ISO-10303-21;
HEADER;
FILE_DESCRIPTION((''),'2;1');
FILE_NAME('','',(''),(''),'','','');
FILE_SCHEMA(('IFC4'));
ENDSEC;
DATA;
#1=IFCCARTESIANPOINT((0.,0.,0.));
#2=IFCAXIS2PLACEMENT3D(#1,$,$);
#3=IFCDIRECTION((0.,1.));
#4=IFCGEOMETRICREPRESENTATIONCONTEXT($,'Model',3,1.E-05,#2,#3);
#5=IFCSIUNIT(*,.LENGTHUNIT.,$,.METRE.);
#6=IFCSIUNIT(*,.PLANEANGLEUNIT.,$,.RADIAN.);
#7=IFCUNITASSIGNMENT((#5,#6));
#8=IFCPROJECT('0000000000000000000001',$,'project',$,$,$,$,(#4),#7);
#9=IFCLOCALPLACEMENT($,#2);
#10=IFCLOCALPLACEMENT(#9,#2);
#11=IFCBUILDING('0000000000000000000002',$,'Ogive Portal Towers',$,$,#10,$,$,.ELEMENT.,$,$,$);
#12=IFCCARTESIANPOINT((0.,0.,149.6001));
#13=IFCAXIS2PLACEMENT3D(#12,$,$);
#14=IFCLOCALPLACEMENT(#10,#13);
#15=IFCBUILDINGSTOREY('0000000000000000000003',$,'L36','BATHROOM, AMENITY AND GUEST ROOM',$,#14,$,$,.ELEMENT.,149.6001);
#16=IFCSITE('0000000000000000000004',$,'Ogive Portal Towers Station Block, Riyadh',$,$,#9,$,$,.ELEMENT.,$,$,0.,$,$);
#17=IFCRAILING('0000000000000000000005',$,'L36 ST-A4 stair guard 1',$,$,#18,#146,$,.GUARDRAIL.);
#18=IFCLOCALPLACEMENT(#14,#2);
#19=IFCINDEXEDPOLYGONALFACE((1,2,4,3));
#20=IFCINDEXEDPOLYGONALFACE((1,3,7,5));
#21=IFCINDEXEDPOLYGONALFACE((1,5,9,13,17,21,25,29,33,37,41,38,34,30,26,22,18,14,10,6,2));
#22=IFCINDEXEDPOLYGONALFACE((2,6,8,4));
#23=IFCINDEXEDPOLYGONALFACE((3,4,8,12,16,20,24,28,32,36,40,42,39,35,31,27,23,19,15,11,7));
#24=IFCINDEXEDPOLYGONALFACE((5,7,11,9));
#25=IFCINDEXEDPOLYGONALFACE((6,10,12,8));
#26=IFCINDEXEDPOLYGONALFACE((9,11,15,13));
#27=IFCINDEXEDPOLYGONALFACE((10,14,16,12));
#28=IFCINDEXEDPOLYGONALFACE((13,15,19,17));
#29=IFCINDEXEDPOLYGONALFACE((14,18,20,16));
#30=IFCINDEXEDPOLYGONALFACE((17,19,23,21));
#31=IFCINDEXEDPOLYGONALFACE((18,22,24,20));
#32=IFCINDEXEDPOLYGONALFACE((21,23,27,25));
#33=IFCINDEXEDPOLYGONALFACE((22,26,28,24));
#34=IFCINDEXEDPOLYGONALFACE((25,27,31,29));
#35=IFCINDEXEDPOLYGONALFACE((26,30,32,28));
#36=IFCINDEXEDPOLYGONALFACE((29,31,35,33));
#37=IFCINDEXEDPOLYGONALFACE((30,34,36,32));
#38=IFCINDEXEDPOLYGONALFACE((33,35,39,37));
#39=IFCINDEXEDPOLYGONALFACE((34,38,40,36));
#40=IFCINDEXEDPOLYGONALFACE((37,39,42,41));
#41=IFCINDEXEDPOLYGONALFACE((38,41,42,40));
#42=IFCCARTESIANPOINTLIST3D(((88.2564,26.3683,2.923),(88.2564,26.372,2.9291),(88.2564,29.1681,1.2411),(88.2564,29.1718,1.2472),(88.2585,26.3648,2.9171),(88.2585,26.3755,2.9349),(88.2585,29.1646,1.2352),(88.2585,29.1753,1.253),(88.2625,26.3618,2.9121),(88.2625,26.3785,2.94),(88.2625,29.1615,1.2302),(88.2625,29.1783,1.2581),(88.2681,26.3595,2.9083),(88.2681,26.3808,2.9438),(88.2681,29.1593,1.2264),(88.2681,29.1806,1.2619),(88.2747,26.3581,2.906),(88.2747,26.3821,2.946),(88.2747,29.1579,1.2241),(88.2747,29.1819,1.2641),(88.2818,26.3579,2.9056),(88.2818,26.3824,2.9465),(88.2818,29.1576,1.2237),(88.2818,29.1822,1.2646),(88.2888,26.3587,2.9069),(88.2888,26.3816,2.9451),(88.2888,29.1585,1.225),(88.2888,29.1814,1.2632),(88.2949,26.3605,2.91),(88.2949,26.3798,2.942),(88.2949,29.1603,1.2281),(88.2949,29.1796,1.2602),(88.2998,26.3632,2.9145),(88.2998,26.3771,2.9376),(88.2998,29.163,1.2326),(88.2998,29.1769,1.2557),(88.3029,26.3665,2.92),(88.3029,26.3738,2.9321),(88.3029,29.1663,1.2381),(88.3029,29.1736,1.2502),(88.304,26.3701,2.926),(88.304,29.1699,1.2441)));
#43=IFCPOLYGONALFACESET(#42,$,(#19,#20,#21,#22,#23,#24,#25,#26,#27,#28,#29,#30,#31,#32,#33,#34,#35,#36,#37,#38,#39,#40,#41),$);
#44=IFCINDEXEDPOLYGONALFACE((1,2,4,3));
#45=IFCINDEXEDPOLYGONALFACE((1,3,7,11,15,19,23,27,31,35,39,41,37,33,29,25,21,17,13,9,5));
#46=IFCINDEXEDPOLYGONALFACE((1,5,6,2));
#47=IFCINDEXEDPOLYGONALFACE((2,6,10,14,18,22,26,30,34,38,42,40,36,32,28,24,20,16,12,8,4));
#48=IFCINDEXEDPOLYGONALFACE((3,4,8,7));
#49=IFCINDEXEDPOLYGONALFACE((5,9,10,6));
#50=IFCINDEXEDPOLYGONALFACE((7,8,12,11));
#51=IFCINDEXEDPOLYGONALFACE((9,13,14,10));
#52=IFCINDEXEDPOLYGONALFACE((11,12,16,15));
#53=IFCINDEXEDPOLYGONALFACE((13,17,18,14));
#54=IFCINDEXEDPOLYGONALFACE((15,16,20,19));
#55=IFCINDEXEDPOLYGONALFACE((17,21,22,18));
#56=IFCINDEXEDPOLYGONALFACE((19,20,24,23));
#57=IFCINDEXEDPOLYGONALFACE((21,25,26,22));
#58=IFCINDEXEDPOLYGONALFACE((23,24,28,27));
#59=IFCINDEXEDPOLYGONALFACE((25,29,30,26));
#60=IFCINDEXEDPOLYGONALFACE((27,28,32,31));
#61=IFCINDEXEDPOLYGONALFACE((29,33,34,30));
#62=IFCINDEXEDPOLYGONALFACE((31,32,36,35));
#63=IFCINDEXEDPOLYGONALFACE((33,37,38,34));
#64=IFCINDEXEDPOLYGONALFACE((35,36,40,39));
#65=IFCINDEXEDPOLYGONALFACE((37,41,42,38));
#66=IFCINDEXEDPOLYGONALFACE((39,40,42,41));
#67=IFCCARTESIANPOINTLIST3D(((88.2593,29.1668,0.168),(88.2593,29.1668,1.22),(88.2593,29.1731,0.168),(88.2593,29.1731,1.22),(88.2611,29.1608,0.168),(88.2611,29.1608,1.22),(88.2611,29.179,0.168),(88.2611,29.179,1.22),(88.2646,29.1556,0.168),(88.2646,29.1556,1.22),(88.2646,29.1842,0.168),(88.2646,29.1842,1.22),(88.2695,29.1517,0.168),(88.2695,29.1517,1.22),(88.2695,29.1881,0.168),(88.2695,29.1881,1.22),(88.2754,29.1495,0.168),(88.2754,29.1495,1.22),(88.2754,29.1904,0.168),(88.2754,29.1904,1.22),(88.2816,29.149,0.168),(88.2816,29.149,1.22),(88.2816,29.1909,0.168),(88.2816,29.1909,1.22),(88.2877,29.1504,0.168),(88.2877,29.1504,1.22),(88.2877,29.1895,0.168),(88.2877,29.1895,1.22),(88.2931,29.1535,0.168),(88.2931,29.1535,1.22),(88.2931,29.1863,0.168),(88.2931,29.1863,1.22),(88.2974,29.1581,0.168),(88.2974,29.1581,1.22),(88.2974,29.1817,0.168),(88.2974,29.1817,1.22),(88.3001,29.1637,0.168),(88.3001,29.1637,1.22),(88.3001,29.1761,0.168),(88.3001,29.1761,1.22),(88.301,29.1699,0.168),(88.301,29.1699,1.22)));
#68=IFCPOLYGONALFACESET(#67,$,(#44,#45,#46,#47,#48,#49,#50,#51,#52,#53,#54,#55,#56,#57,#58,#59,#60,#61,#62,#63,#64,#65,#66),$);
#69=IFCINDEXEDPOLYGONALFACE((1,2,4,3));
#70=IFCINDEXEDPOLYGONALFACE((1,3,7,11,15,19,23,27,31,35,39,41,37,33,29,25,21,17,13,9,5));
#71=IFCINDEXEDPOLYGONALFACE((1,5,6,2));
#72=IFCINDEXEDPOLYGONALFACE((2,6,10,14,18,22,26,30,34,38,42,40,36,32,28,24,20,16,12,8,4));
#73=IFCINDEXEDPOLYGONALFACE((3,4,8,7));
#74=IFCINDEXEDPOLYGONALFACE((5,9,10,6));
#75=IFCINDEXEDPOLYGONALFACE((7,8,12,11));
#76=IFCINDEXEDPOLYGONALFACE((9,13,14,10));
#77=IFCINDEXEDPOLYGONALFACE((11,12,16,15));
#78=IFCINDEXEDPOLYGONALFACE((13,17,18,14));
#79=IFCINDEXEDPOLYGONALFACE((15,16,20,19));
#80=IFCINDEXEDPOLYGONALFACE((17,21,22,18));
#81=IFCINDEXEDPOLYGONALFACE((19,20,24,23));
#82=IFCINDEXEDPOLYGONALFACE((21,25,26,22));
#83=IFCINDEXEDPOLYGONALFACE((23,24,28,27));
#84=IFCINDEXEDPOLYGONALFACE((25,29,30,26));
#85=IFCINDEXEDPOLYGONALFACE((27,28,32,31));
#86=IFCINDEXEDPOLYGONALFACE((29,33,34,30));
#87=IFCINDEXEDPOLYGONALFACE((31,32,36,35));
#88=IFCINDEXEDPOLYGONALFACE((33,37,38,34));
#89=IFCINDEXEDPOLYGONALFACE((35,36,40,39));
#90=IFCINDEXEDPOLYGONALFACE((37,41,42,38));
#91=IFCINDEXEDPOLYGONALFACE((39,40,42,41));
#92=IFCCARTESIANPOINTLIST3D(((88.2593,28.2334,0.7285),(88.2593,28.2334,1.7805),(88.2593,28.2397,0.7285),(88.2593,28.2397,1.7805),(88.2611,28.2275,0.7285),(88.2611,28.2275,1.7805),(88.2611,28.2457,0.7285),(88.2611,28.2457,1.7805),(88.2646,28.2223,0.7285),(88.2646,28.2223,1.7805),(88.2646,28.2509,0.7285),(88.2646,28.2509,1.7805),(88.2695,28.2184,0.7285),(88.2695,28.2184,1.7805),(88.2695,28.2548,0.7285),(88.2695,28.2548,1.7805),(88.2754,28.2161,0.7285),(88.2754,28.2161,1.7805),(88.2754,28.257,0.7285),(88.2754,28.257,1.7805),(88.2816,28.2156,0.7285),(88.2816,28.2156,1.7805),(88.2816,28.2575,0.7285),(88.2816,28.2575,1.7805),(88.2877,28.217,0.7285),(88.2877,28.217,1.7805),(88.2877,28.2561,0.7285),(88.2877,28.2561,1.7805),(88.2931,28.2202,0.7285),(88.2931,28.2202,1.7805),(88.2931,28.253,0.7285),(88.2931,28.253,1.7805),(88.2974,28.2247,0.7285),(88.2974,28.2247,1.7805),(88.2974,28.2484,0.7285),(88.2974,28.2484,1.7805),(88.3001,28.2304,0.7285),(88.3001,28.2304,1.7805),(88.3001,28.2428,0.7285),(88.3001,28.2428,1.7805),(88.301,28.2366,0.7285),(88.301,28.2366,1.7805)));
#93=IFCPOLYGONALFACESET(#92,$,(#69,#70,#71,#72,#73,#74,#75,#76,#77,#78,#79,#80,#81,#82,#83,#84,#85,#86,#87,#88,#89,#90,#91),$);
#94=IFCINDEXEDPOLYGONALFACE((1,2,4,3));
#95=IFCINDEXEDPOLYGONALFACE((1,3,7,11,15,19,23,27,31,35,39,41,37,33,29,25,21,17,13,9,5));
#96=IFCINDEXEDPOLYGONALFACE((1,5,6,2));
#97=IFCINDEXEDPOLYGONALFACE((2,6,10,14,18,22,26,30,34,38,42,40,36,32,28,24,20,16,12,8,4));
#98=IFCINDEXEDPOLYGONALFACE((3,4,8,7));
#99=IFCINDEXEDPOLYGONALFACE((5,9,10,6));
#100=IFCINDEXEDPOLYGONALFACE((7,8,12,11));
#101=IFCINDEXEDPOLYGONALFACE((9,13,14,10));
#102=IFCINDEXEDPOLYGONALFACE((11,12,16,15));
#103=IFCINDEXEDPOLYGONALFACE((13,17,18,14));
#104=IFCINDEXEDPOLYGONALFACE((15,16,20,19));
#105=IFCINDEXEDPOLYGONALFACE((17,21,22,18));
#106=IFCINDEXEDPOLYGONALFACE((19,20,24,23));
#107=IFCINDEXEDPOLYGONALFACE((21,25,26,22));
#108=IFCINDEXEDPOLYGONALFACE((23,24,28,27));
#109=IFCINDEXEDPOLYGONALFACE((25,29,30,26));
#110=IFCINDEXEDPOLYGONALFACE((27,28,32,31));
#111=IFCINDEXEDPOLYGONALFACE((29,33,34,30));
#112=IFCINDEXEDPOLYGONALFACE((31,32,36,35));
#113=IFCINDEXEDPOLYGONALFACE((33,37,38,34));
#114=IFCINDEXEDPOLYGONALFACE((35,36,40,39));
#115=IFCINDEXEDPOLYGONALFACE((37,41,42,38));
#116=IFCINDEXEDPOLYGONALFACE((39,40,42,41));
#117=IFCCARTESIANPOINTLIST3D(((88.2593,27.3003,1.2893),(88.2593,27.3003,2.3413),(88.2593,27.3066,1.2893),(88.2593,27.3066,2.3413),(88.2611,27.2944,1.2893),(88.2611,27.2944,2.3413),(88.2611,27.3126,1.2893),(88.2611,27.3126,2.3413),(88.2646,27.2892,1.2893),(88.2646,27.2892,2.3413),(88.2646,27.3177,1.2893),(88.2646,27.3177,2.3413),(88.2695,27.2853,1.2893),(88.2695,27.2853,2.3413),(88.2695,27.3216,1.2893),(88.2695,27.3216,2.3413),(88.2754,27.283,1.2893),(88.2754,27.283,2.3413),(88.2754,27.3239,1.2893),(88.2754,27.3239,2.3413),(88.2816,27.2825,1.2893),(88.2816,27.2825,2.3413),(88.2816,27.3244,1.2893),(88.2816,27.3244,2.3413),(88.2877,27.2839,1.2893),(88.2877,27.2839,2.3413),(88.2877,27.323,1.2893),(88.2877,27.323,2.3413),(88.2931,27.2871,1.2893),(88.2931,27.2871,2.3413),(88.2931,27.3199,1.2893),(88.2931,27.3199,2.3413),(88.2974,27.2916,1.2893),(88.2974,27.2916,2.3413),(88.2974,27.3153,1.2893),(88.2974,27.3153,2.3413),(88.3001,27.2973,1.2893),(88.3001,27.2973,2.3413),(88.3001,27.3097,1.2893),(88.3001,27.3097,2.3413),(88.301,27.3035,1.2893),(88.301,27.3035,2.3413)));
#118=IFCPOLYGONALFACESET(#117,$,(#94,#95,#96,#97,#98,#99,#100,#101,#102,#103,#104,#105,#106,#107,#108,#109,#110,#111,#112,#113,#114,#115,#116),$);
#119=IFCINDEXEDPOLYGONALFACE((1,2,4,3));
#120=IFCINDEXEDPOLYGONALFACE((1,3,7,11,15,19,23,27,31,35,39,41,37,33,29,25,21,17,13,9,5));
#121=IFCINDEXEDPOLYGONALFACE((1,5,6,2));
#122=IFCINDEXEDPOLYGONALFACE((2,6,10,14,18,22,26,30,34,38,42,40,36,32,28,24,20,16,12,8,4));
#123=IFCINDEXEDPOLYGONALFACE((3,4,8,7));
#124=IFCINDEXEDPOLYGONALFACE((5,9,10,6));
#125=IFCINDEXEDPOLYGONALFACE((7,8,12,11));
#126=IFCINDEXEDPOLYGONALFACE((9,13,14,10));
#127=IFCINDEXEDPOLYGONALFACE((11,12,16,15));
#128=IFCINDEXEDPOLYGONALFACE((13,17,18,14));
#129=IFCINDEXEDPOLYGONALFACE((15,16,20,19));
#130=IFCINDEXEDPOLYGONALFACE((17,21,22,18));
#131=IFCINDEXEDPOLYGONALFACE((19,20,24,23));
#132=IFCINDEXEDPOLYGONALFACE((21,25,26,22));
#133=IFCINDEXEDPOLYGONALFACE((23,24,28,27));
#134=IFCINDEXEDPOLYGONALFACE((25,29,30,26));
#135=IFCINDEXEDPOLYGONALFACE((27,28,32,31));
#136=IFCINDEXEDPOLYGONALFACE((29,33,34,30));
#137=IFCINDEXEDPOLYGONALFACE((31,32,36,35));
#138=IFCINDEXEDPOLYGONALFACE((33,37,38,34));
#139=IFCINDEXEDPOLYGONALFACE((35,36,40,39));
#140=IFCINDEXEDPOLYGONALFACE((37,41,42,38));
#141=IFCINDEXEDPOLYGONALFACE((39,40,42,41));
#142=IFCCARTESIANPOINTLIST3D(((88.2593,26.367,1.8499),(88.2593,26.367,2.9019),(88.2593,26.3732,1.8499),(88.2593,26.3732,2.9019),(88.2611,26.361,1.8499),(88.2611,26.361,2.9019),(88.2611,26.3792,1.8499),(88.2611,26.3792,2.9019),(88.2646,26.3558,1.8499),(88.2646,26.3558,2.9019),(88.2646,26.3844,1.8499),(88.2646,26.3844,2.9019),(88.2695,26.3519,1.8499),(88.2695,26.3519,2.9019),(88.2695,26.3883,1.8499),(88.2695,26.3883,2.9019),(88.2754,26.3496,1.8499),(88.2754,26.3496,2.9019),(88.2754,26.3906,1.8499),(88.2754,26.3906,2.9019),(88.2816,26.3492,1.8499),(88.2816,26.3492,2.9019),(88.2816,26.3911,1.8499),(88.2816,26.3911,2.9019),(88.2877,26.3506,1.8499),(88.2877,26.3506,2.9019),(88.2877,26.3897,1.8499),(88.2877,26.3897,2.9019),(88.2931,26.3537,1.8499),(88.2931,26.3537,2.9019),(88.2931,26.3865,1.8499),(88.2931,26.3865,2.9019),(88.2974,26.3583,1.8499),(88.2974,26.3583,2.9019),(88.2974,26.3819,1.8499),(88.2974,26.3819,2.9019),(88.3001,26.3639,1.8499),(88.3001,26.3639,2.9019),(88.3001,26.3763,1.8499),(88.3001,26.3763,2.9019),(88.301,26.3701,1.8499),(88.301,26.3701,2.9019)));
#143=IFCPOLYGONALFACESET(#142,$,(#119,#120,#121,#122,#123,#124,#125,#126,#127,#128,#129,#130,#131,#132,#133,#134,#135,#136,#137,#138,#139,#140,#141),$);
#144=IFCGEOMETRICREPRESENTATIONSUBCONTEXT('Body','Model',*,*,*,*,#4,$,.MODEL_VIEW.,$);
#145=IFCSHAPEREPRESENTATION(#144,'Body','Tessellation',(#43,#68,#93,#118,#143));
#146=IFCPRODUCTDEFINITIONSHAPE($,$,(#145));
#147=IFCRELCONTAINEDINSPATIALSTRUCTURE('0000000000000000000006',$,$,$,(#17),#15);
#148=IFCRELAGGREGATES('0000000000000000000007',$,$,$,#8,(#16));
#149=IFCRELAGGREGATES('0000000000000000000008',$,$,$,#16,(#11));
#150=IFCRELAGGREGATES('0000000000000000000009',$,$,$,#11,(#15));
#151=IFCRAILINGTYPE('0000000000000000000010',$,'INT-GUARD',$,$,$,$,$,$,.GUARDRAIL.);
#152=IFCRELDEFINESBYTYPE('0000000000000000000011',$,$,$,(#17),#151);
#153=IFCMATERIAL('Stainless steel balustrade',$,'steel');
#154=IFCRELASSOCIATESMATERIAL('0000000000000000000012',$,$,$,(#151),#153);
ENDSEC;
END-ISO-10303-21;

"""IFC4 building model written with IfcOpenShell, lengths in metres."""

from ifc_helpers import new_model, si_unit, direction, frame, origin, origin_2d, place, context, subcontext, project, spatial, circle, extrude, material, type_object, element, save


model = new_model("IFC4")

# Units and contexts
model_context = context("Model", 3, precision=1e-05, world=origin(), true_north=direction((0.0, 1.0)))
body_context = subcontext(model_context, "Body", "Model", "MODEL_VIEW")
ifc_project = project(units=[si_unit("LENGTHUNIT", "METRE"), si_unit("PLANEANGLEUNIT", "RADIAN")], contexts=[model_context])

# Site, building, storey
site_placement = place(None, origin())
site = spatial("IfcSite", under=ifc_project, at=site_placement, Name="Ogive Portal Towers Station Block, Riyadh", CompositionType="ELEMENT", RefElevation=0.0)
building_placement = place(site_placement, origin())
building = spatial("IfcBuilding", under=site, at=building_placement, Name="Ogive Portal Towers", CompositionType="ELEMENT")
storey_placement = place(building_placement, frame((0.0, 0.0, 149.6001)))
storey = spatial("IfcBuildingStorey", under=building, at=storey_placement, Name="L36", Description="BATHROOM, AMENITY AND GUEST ROOM", CompositionType="ELEMENT", Elevation=149.6001)

# Railing
ifc_material_1 = material(Name="Stainless steel balustrade", Category="steel")
railing_type_1 = type_object("IfcRailingType", Name="INT-GUARD", PredefinedType="GUARDRAIL", material=ifc_material_1)
railing_1_placement = place(storey_placement, frame((88.28, 29.1699, 0.168)))
element("IfcRailing", 1, at=railing_1_placement, inside=storey, type_object=railing_type_1, Name="L36 ST-A4 stair guard 1", PredefinedType="GUARDRAIL", context=body_context, shape_type="SweptSolid", body=[
    extrude(circle(Radius=0.0239, at=origin_2d()), frame((0.0, 0.0, 1.0762), z_axis=(0.0, -0.857222, 0.514946), x_axis=(1.0, 0.0, 0.0)), (0.0, 0.0, 1.0), 3.2661),
    extrude(circle(Radius=0.021, at=origin_2d()), origin(), (0.0, 0.0, 1.0), 1.052),
    extrude(circle(Radius=0.021, at=origin_2d()), frame((0.0, -0.9333, 0.5605)), (0.0, 0.0, 1.0), 1.052),
    extrude(circle(Radius=0.021, at=origin_2d()), frame((0.0, -1.8665, 1.1213)), (0.0, 0.0, 1.0), 1.052),
    extrude(circle(Radius=0.021, at=origin_2d()), frame((0.0, -2.7998, 1.6819)), (0.0, 0.0, 1.0), 1.052),
])

save(model, "model.ifc")
